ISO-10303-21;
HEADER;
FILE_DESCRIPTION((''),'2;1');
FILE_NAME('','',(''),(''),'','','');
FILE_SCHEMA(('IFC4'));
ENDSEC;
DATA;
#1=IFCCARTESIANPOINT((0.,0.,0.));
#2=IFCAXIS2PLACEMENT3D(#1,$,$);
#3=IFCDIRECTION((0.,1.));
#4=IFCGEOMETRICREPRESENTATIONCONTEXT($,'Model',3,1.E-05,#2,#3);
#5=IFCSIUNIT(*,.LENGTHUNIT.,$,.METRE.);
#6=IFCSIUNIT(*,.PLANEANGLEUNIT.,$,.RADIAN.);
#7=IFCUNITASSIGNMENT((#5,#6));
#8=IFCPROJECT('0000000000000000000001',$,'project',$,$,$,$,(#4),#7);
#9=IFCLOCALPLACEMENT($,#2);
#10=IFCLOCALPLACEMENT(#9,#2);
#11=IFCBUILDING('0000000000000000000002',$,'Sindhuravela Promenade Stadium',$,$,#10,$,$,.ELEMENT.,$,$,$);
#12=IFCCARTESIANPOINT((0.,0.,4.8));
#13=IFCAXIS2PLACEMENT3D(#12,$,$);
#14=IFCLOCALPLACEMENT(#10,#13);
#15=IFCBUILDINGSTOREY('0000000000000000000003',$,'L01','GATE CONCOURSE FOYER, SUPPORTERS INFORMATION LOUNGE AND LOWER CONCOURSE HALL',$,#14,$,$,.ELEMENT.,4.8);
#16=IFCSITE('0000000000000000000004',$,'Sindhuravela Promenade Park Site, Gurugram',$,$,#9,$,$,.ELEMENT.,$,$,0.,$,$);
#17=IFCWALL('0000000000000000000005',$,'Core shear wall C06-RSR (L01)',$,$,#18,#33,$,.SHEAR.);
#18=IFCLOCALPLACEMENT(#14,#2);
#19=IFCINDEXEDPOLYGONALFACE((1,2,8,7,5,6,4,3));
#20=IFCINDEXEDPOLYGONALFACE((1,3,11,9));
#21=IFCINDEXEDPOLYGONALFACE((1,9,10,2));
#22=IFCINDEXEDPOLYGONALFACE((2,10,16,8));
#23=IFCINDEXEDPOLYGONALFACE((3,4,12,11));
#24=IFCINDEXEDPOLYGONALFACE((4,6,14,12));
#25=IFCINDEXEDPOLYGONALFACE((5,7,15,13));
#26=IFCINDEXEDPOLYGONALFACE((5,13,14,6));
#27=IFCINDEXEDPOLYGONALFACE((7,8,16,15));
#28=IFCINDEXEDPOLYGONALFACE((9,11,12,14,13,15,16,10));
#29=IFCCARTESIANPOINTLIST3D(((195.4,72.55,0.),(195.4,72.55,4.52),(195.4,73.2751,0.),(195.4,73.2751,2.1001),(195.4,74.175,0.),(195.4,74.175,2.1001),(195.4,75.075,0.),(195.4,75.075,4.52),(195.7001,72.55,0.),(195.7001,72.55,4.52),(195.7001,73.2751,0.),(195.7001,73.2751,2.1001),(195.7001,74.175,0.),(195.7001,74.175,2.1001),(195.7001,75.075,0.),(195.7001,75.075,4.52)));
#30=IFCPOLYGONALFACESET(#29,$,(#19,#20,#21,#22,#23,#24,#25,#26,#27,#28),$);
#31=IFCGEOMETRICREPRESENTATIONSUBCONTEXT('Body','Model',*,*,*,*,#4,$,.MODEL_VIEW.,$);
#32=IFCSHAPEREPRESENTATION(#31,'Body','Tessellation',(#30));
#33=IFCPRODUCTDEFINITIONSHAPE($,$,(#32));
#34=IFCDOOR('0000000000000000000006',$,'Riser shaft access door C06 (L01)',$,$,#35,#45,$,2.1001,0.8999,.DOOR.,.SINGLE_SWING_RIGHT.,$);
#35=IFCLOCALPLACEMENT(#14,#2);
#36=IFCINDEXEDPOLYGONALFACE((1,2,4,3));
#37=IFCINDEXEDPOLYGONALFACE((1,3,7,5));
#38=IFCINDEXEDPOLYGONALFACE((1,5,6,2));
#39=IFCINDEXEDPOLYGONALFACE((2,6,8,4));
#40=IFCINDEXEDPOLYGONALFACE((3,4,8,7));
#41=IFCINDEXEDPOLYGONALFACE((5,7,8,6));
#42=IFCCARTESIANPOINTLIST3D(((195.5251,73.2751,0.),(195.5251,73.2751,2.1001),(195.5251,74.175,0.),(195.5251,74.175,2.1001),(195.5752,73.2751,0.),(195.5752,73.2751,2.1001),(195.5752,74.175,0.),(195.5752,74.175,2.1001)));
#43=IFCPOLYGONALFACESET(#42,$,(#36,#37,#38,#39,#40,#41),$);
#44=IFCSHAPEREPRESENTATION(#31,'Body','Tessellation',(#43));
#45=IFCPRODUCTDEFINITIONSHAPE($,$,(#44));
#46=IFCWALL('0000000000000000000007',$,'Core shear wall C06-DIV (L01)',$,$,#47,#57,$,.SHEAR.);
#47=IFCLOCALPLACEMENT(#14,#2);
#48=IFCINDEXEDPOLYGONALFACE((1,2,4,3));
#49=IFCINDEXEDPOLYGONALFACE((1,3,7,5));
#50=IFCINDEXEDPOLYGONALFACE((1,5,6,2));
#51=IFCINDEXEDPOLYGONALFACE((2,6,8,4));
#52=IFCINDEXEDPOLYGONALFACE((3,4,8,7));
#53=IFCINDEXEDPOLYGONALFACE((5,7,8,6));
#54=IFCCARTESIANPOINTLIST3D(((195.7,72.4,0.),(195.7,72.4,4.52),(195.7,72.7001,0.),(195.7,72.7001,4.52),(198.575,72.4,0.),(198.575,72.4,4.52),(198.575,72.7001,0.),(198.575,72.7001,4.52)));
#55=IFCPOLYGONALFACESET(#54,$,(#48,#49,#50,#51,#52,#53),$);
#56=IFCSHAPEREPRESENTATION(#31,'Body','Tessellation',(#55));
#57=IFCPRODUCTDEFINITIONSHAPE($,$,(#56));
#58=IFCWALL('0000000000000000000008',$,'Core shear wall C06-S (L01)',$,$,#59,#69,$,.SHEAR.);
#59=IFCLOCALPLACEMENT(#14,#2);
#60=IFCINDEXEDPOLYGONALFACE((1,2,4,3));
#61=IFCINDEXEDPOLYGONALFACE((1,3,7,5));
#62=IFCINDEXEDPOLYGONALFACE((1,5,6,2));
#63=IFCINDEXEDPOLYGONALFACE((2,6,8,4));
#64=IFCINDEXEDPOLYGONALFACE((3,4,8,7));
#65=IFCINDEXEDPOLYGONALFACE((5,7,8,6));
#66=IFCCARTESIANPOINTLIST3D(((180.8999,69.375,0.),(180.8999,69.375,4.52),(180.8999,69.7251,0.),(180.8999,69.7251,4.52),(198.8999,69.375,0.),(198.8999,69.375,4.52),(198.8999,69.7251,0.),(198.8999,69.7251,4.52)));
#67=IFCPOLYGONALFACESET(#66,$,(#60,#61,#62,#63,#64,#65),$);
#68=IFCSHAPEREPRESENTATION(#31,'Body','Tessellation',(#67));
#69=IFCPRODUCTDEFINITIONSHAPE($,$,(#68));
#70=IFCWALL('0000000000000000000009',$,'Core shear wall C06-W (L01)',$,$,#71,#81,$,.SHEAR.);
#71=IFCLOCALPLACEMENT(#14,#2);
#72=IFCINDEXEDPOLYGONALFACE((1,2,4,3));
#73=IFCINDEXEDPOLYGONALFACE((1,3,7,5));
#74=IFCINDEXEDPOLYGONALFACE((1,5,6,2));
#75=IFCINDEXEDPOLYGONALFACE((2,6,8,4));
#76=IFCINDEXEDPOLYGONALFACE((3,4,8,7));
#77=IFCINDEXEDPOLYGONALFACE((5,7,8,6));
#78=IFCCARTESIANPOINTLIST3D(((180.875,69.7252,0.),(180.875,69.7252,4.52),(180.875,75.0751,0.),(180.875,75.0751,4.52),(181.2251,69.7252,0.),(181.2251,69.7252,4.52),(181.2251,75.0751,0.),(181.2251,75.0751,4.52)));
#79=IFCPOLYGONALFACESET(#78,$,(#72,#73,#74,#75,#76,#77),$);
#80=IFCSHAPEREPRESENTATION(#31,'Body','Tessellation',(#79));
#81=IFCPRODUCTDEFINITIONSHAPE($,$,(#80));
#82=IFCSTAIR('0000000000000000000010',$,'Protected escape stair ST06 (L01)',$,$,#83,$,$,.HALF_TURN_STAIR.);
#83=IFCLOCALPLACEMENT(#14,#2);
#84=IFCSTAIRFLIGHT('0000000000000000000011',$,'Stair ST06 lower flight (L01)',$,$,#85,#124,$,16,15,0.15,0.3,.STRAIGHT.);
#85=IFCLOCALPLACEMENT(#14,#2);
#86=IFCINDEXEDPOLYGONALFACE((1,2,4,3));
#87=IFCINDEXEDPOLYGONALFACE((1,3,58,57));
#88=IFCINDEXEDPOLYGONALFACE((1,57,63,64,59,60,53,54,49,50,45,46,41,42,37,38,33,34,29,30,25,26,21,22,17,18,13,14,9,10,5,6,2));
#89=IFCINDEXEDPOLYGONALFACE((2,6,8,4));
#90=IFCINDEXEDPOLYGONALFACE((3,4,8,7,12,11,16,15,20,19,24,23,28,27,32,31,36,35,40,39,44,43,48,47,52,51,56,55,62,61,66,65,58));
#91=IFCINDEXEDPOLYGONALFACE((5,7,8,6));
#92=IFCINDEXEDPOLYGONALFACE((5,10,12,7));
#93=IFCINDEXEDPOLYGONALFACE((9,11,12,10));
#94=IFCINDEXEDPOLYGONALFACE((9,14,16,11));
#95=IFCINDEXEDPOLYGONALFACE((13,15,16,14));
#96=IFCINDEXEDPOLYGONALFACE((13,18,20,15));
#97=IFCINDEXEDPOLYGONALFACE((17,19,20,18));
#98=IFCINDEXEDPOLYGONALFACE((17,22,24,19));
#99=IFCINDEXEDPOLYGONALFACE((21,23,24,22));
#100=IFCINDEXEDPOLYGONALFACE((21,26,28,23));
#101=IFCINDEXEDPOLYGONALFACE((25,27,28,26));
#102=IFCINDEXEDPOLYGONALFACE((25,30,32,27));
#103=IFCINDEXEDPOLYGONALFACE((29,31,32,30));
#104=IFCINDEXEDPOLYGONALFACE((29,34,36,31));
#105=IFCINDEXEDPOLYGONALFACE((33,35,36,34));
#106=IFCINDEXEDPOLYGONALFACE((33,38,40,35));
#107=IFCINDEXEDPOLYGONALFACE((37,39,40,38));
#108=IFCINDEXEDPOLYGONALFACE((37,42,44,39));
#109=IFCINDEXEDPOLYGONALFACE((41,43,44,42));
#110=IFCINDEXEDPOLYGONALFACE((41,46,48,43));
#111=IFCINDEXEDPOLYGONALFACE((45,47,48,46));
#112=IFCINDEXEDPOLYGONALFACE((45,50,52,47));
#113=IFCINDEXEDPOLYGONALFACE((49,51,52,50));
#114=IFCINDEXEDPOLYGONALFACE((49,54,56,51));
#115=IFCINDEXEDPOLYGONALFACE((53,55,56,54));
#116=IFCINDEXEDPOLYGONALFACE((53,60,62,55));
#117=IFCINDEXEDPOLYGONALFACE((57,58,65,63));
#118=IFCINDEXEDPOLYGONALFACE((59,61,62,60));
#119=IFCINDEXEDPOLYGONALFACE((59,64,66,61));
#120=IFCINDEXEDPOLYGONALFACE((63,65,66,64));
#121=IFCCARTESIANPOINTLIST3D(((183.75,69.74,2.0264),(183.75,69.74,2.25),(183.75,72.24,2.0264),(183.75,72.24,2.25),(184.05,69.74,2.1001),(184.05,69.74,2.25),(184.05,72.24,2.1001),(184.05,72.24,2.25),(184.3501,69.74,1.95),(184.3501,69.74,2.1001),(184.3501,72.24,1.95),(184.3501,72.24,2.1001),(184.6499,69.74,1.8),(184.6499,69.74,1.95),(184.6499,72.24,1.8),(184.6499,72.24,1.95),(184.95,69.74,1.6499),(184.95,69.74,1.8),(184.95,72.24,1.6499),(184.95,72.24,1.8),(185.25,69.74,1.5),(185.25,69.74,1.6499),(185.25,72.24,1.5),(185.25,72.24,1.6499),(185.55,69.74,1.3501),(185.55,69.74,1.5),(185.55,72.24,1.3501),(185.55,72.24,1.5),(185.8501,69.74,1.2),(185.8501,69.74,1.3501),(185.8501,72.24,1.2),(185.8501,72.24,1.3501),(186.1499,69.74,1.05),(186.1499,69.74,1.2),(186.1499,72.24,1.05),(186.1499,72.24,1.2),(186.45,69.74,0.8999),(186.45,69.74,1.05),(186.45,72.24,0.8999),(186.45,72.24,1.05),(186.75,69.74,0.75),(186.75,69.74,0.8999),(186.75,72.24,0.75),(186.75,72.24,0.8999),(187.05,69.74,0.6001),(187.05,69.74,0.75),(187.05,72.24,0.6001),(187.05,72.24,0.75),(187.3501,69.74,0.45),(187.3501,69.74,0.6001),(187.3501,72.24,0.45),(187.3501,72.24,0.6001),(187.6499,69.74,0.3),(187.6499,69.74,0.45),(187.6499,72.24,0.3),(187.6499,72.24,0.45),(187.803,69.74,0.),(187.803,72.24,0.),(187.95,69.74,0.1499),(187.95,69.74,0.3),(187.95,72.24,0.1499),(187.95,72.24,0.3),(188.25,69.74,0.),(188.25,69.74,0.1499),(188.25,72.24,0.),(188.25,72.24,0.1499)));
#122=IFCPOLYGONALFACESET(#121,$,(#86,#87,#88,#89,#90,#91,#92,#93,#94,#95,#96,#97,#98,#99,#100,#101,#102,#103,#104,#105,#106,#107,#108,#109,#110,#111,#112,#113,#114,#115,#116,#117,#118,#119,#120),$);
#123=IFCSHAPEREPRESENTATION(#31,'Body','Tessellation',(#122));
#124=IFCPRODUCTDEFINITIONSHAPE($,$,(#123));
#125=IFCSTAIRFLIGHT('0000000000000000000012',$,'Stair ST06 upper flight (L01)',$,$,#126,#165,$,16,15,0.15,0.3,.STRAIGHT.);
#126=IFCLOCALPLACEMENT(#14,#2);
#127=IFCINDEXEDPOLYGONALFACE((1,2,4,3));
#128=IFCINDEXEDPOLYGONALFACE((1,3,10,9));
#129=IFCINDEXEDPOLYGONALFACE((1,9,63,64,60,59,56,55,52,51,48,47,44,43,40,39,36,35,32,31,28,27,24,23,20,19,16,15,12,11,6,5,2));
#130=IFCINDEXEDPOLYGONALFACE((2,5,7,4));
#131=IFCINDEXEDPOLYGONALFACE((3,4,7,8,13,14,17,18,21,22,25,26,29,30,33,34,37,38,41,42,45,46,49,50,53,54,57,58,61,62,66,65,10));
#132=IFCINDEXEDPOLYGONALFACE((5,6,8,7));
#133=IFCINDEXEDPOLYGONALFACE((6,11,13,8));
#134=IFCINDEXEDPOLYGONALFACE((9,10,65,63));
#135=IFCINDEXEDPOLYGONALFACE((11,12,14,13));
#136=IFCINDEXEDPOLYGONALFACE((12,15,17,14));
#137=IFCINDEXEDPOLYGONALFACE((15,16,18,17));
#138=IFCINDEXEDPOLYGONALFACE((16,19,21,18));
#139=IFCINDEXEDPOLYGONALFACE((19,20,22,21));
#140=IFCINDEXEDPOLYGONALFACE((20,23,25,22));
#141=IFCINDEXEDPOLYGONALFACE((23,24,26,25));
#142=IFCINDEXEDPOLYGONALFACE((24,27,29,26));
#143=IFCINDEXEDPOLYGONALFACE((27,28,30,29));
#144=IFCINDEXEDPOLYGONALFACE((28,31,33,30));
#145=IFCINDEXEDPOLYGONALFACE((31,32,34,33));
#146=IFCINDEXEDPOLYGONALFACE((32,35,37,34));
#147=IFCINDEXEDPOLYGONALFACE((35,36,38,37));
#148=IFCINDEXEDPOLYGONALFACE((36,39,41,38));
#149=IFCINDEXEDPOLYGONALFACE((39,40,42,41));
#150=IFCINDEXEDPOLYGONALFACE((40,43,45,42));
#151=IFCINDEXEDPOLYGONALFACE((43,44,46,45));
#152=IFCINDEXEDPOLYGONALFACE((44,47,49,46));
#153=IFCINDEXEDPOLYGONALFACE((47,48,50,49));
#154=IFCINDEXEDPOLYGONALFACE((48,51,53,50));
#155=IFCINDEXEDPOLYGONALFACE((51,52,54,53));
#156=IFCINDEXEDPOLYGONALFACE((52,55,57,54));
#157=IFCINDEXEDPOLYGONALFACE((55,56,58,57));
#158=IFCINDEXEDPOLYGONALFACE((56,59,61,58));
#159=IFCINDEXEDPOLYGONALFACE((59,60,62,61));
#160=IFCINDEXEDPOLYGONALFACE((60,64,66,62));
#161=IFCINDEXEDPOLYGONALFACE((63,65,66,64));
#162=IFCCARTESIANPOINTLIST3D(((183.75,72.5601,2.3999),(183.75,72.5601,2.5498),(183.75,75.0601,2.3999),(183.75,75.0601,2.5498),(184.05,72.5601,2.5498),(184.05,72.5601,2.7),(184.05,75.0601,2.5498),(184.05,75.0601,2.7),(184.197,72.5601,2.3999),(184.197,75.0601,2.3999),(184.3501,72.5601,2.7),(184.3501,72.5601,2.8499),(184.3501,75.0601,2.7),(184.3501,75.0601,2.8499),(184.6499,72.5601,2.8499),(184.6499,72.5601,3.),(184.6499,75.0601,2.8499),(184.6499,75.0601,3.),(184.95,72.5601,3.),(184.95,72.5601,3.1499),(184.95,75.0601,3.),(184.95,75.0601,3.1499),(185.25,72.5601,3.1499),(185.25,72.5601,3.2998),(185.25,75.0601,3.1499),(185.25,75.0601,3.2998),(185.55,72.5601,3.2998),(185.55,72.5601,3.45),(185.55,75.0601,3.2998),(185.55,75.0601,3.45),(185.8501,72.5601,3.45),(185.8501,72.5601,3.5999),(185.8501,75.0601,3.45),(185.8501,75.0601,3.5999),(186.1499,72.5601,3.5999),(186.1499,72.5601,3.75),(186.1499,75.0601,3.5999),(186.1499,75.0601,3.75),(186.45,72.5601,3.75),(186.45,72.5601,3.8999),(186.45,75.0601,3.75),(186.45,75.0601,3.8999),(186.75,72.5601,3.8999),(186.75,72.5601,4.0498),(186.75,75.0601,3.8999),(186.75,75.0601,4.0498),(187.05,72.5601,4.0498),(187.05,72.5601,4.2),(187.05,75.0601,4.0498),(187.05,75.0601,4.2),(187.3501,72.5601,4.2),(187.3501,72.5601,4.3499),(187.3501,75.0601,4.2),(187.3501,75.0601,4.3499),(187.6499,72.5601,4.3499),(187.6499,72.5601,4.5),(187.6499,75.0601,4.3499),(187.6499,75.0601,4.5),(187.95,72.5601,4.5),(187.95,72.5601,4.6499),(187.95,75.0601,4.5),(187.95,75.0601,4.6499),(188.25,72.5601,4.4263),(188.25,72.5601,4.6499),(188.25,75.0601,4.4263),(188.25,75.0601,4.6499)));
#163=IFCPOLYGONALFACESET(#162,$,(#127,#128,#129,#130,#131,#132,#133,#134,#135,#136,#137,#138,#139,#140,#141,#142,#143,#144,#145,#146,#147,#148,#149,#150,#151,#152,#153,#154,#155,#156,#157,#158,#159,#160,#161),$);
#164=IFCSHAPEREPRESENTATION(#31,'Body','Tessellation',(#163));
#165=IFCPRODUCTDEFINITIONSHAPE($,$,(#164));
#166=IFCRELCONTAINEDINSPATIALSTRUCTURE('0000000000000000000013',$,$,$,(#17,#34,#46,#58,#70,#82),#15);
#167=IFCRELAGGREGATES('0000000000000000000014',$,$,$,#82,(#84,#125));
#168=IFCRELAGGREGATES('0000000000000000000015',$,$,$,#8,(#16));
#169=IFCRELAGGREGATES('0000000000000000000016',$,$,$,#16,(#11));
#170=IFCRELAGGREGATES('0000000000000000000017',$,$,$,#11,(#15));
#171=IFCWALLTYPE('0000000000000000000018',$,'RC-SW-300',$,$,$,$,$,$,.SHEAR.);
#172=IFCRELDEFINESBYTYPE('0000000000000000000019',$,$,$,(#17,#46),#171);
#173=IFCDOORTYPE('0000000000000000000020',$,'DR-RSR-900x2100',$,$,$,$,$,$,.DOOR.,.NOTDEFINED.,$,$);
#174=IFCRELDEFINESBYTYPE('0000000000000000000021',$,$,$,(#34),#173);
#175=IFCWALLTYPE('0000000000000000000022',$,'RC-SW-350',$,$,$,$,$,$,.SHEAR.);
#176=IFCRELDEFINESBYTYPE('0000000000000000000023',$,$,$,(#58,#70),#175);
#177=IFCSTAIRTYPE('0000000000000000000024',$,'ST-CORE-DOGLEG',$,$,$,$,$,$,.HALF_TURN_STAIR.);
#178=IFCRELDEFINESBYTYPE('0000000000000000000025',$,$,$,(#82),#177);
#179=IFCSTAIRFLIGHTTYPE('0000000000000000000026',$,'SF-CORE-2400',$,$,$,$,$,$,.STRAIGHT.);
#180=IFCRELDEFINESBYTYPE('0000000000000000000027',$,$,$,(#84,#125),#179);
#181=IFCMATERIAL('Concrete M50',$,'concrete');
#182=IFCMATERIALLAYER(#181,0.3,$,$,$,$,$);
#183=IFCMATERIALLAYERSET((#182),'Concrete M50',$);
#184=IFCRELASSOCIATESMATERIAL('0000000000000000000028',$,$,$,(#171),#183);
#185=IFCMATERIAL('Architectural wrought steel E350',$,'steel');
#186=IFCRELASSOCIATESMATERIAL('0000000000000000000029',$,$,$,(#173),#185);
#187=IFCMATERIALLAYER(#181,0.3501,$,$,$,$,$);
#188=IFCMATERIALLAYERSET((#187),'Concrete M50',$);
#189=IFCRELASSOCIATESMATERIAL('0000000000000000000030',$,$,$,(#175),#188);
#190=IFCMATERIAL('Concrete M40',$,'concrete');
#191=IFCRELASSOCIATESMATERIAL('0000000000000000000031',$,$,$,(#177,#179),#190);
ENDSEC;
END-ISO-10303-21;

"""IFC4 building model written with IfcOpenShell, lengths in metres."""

from ifc_helpers import new_model, si_unit, direction, frame, frame_2d, origin, place, context, subcontext, project, spatial, polyline, rectangle, outline, extrude, material, layer, layer_set, type_object, element, fill, aggregate, save


model = new_model("IFC4")

# Units and contexts
model_context = context("Model", 3, precision=1e-05, world=origin(), true_north=direction((0.0, 1.0)))
body_context = subcontext(model_context, "Body", "Model", "MODEL_VIEW")
ifc_project = project(units=[si_unit("LENGTHUNIT", "METRE"), si_unit("PLANEANGLEUNIT", "RADIAN")], contexts=[model_context])

# Site, building, storey
site_placement = place(None, origin())
site = spatial("IfcSite", under=ifc_project, at=site_placement, Name="Sindhuravela Promenade Park Site, Gurugram", CompositionType="ELEMENT", RefElevation=0.0)
building_placement = place(site_placement, origin())
building = spatial("IfcBuilding", under=site, at=building_placement, Name="Sindhuravela Promenade Stadium", CompositionType="ELEMENT")
storey_placement = place(building_placement, frame((0.0, 0.0, 4.8)))
storey = spatial("IfcBuildingStorey", under=building, at=storey_placement, Name="L01", Description="GATE CONCOURSE FOYER, SUPPORTERS INFORMATION LOUNGE AND LOWER CONCOURSE HALL", CompositionType="ELEMENT", Elevation=4.8)

# Shared definitions
ifc_material_1 = material(Name="Concrete M50", Category="concrete")
ifc_material_2 = material(Name="Concrete M40", Category="concrete")

# Wall, opening, door
ifc_layer_1 = layer(ifc_material_1, 0.3)
ifc_layer_set_1 = layer_set([ifc_layer_1], Name="Concrete M50")
wall_type_1 = type_object("IfcWallType", Name="RC-SW-300", PredefinedType="SHEAR", material=ifc_layer_set_1)
ifc_material_3 = material(Name="Architectural wrought steel E350", Category="steel")
wall_1_placement = place(storey_placement, frame((195.55, 72.55, 0.0), z_axis=(0.0, 0.0, 1.0), x_axis=(0.0, 1.0, 0.0)))
wall_1 = element("IfcWall", 1, at=wall_1_placement, inside=storey, type_object=wall_type_1, Name="Core shear wall C06-RSR (L01)", PredefinedType="SHEAR", context=body_context, shape_type="SweptSolid", body=[
    extrude(rectangle(XDim=2.5249, YDim=0.3, at=frame_2d((1.2625, 0.0))), origin(), (0.0, 0.0, 1.0), 4.52),
])
opening_1_placement = place(wall_1_placement, frame((0.7251, 0.0, 0.0)))
opening_1 = element("IfcOpeningElement", 2, at=opening_1_placement, cuts=wall_1, PredefinedType="OPENING", context=body_context, shape_type="SweptSolid", body=[
    extrude(rectangle(XDim=0.8999, YDim=2.1001, at=frame_2d((0.45, 1.05))), frame((0.0, 0.1599, 0.0), z_axis=(0.0, -1.0, 0.0), x_axis=(1.0, 0.0, 0.0)), (0.0, 0.0, 1.0), 0.3201),
])
door_type_1 = type_object("IfcDoorType", Name="DR-RSR-900x2100", OperationType="NOTDEFINED", PredefinedType="DOOR", material=ifc_material_3)
door_1_placement = place(opening_1_placement, origin())
door_1 = element("IfcDoor", 3, at=door_1_placement, inside=storey, type_object=door_type_1, Name="Riser shaft access door C06 (L01)", OperationType="SINGLE_SWING_RIGHT", OverallHeight=2.1001, OverallWidth=0.8999, PredefinedType="DOOR", context=body_context, shape_type="SweptSolid", body=[
    extrude(rectangle(XDim=0.8999, YDim=2.1001, at=frame_2d((0.45, 1.05))), frame((0.0, 0.0249, 0.0), z_axis=(0.0, -1.0, 0.0), x_axis=(1.0, 0.0, 0.0)), (0.0, 0.0, 1.0), 0.05),
])
fill(opening_1, door_1)

# Walls
wall_2_placement = place(storey_placement, frame((195.7, 72.55, 0.0), z_axis=(0.0, 0.0, 1.0), x_axis=(1.0, 0.0, 0.0)))
element("IfcWall", 4, at=wall_2_placement, inside=storey, type_object=wall_type_1, Name="Core shear wall C06-DIV (L01)", PredefinedType="SHEAR", context=body_context, shape_type="SweptSolid", body=[
    extrude(rectangle(XDim=2.875, YDim=0.3, at=frame_2d((1.4375, 0.0))), origin(), (0.0, 0.0, 1.0), 4.52),
])
ifc_layer_2 = layer(ifc_material_1, 0.3501)
ifc_layer_set_2 = layer_set([ifc_layer_2], Name="Concrete M50")
wall_type_2 = type_object("IfcWallType", Name="RC-SW-350", PredefinedType="SHEAR", material=ifc_layer_set_2)
wall_3_placement = place(storey_placement, frame((180.8999, 69.55, 0.0), z_axis=(0.0, 0.0, 1.0), x_axis=(1.0, 0.0, 0.0)))
element("IfcWall", 5, at=wall_3_placement, inside=storey, type_object=wall_type_2, Name="Core shear wall C06-S (L01)", PredefinedType="SHEAR", context=body_context, shape_type="SweptSolid", body=[
    extrude(rectangle(XDim=18.0, YDim=0.3501, at=frame_2d((9.0, 0.0))), origin(), (0.0, 0.0, 1.0), 4.52),
])
wall_4_placement = place(storey_placement, frame((181.05, 75.075, 0.0), z_axis=(0.0, 0.0, 1.0), x_axis=(0.0, -1.0, 0.0)))
element("IfcWall", 6, at=wall_4_placement, inside=storey, type_object=wall_type_2, Name="Core shear wall C06-W (L01)", PredefinedType="SHEAR", context=body_context, shape_type="SweptSolid", body=[
    extrude(rectangle(XDim=5.3499, YDim=0.3501, at=frame_2d((2.6748, 0.0))), origin(), (0.0, 0.0, 1.0), 4.52),
])

# Stair, stair flights
stair_type = type_object("IfcStairType", Name="ST-CORE-DOGLEG", PredefinedType="HALF_TURN_STAIR", material=ifc_material_2)
stair_placement = place(storey_placement, origin())
stair = element("IfcStair", 7, at=stair_placement, inside=storey, type_object=stair_type, Name="Protected escape stair ST06 (L01)", PredefinedType="HALF_TURN_STAIR")
stair_flight_type = type_object("IfcStairFlightType", Name="SF-CORE-2400", PredefinedType="STRAIGHT", material=ifc_material_2)
stair_flight_1_placement = place(storey_placement, frame((188.25, 70.99, 0.0), z_axis=(0.0, 0.0, 1.0), x_axis=(-1.0, 0.0, 0.0)))
stair_flight_1 = element("IfcStairFlight", 8, at=stair_flight_1_placement, type_object=stair_flight_type, Name="Stair ST06 lower flight (L01)", NumberOfRisers=16, NumberOfTreads=15, PredefinedType="STRAIGHT", RiserHeight=0.15, TreadLength=0.3, context=body_context, shape_type="SweptSolid", body=[
    extrude(outline(polyline([(0.0, 0.0), (0.0, 0.1499), (0.3, 0.1499), (0.3, 0.3), (0.6001, 0.3), (0.6001, 0.45), (0.8999, 0.45), (0.8999, 0.6001), (1.2, 0.6001), (1.2, 0.75), (1.5, 0.75), (1.5, 0.8999), (1.8, 0.8999), (1.8, 1.05), (2.1001, 1.05), (2.1001, 1.2), (2.3999, 1.2), (2.3999, 1.3501), (2.7, 1.3501), (2.7, 1.5), (3.0, 1.5), (3.0, 1.6499), (3.3, 1.6499), (3.3, 1.8), (3.6001, 1.8), (3.6001, 1.95), (3.8999, 1.95), (3.8999, 2.1001), (4.2, 2.1001), (4.2, 2.25), (4.5, 2.25), (4.5, 2.3999), (4.5, 2.0264), (0.447, 0.0), (0.0, 0.0)])), frame((0.0, 1.25, 0.0), z_axis=(0.0, -1.0, 0.0), x_axis=(1.0, 0.0, 0.0)), (0.0, 0.0, 1.0), 2.5),
])
stair_flight_2_placement = place(storey_placement, frame((183.75, 73.8101, 2.3999), z_axis=(0.0, 0.0, 1.0), x_axis=(1.0, 0.0, 0.0)))
stair_flight_2 = element("IfcStairFlight", 9, at=stair_flight_2_placement, type_object=stair_flight_type, Name="Stair ST06 upper flight (L01)", NumberOfRisers=16, NumberOfTreads=15, PredefinedType="STRAIGHT", RiserHeight=0.15, TreadLength=0.3, context=body_context, shape_type="SweptSolid", body=[
    extrude(outline(polyline([(0.0, 0.0), (0.0, 0.1499), (0.3, 0.1499), (0.3, 0.3), (0.6001, 0.3), (0.6001, 0.45), (0.8999, 0.45), (0.8999, 0.6001), (1.2, 0.6001), (1.2, 0.75), (1.5, 0.75), (1.5, 0.8999), (1.8, 0.8999), (1.8, 1.05), (2.1001, 1.05), (2.1001, 1.2), (2.3999, 1.2), (2.3999, 1.3501), (2.7, 1.3501), (2.7, 1.5), (3.0, 1.5), (3.0, 1.6499), (3.3, 1.6499), (3.3, 1.8), (3.6001, 1.8), (3.6001, 1.95), (3.8999, 1.95), (3.8999, 2.1001), (4.2, 2.1001), (4.2, 2.25), (4.5, 2.25), (4.5, 2.3999), (4.5, 2.0264), (0.447, 0.0), (0.0, 0.0)])), frame((0.0, 1.25, 0.0), z_axis=(0.0, -1.0, 0.0), x_axis=(1.0, 0.0, 0.0)), (0.0, 0.0, 1.0), 2.5),
])
aggregate(stair, [stair_flight_1, stair_flight_2])

save(model, "model.ifc")
